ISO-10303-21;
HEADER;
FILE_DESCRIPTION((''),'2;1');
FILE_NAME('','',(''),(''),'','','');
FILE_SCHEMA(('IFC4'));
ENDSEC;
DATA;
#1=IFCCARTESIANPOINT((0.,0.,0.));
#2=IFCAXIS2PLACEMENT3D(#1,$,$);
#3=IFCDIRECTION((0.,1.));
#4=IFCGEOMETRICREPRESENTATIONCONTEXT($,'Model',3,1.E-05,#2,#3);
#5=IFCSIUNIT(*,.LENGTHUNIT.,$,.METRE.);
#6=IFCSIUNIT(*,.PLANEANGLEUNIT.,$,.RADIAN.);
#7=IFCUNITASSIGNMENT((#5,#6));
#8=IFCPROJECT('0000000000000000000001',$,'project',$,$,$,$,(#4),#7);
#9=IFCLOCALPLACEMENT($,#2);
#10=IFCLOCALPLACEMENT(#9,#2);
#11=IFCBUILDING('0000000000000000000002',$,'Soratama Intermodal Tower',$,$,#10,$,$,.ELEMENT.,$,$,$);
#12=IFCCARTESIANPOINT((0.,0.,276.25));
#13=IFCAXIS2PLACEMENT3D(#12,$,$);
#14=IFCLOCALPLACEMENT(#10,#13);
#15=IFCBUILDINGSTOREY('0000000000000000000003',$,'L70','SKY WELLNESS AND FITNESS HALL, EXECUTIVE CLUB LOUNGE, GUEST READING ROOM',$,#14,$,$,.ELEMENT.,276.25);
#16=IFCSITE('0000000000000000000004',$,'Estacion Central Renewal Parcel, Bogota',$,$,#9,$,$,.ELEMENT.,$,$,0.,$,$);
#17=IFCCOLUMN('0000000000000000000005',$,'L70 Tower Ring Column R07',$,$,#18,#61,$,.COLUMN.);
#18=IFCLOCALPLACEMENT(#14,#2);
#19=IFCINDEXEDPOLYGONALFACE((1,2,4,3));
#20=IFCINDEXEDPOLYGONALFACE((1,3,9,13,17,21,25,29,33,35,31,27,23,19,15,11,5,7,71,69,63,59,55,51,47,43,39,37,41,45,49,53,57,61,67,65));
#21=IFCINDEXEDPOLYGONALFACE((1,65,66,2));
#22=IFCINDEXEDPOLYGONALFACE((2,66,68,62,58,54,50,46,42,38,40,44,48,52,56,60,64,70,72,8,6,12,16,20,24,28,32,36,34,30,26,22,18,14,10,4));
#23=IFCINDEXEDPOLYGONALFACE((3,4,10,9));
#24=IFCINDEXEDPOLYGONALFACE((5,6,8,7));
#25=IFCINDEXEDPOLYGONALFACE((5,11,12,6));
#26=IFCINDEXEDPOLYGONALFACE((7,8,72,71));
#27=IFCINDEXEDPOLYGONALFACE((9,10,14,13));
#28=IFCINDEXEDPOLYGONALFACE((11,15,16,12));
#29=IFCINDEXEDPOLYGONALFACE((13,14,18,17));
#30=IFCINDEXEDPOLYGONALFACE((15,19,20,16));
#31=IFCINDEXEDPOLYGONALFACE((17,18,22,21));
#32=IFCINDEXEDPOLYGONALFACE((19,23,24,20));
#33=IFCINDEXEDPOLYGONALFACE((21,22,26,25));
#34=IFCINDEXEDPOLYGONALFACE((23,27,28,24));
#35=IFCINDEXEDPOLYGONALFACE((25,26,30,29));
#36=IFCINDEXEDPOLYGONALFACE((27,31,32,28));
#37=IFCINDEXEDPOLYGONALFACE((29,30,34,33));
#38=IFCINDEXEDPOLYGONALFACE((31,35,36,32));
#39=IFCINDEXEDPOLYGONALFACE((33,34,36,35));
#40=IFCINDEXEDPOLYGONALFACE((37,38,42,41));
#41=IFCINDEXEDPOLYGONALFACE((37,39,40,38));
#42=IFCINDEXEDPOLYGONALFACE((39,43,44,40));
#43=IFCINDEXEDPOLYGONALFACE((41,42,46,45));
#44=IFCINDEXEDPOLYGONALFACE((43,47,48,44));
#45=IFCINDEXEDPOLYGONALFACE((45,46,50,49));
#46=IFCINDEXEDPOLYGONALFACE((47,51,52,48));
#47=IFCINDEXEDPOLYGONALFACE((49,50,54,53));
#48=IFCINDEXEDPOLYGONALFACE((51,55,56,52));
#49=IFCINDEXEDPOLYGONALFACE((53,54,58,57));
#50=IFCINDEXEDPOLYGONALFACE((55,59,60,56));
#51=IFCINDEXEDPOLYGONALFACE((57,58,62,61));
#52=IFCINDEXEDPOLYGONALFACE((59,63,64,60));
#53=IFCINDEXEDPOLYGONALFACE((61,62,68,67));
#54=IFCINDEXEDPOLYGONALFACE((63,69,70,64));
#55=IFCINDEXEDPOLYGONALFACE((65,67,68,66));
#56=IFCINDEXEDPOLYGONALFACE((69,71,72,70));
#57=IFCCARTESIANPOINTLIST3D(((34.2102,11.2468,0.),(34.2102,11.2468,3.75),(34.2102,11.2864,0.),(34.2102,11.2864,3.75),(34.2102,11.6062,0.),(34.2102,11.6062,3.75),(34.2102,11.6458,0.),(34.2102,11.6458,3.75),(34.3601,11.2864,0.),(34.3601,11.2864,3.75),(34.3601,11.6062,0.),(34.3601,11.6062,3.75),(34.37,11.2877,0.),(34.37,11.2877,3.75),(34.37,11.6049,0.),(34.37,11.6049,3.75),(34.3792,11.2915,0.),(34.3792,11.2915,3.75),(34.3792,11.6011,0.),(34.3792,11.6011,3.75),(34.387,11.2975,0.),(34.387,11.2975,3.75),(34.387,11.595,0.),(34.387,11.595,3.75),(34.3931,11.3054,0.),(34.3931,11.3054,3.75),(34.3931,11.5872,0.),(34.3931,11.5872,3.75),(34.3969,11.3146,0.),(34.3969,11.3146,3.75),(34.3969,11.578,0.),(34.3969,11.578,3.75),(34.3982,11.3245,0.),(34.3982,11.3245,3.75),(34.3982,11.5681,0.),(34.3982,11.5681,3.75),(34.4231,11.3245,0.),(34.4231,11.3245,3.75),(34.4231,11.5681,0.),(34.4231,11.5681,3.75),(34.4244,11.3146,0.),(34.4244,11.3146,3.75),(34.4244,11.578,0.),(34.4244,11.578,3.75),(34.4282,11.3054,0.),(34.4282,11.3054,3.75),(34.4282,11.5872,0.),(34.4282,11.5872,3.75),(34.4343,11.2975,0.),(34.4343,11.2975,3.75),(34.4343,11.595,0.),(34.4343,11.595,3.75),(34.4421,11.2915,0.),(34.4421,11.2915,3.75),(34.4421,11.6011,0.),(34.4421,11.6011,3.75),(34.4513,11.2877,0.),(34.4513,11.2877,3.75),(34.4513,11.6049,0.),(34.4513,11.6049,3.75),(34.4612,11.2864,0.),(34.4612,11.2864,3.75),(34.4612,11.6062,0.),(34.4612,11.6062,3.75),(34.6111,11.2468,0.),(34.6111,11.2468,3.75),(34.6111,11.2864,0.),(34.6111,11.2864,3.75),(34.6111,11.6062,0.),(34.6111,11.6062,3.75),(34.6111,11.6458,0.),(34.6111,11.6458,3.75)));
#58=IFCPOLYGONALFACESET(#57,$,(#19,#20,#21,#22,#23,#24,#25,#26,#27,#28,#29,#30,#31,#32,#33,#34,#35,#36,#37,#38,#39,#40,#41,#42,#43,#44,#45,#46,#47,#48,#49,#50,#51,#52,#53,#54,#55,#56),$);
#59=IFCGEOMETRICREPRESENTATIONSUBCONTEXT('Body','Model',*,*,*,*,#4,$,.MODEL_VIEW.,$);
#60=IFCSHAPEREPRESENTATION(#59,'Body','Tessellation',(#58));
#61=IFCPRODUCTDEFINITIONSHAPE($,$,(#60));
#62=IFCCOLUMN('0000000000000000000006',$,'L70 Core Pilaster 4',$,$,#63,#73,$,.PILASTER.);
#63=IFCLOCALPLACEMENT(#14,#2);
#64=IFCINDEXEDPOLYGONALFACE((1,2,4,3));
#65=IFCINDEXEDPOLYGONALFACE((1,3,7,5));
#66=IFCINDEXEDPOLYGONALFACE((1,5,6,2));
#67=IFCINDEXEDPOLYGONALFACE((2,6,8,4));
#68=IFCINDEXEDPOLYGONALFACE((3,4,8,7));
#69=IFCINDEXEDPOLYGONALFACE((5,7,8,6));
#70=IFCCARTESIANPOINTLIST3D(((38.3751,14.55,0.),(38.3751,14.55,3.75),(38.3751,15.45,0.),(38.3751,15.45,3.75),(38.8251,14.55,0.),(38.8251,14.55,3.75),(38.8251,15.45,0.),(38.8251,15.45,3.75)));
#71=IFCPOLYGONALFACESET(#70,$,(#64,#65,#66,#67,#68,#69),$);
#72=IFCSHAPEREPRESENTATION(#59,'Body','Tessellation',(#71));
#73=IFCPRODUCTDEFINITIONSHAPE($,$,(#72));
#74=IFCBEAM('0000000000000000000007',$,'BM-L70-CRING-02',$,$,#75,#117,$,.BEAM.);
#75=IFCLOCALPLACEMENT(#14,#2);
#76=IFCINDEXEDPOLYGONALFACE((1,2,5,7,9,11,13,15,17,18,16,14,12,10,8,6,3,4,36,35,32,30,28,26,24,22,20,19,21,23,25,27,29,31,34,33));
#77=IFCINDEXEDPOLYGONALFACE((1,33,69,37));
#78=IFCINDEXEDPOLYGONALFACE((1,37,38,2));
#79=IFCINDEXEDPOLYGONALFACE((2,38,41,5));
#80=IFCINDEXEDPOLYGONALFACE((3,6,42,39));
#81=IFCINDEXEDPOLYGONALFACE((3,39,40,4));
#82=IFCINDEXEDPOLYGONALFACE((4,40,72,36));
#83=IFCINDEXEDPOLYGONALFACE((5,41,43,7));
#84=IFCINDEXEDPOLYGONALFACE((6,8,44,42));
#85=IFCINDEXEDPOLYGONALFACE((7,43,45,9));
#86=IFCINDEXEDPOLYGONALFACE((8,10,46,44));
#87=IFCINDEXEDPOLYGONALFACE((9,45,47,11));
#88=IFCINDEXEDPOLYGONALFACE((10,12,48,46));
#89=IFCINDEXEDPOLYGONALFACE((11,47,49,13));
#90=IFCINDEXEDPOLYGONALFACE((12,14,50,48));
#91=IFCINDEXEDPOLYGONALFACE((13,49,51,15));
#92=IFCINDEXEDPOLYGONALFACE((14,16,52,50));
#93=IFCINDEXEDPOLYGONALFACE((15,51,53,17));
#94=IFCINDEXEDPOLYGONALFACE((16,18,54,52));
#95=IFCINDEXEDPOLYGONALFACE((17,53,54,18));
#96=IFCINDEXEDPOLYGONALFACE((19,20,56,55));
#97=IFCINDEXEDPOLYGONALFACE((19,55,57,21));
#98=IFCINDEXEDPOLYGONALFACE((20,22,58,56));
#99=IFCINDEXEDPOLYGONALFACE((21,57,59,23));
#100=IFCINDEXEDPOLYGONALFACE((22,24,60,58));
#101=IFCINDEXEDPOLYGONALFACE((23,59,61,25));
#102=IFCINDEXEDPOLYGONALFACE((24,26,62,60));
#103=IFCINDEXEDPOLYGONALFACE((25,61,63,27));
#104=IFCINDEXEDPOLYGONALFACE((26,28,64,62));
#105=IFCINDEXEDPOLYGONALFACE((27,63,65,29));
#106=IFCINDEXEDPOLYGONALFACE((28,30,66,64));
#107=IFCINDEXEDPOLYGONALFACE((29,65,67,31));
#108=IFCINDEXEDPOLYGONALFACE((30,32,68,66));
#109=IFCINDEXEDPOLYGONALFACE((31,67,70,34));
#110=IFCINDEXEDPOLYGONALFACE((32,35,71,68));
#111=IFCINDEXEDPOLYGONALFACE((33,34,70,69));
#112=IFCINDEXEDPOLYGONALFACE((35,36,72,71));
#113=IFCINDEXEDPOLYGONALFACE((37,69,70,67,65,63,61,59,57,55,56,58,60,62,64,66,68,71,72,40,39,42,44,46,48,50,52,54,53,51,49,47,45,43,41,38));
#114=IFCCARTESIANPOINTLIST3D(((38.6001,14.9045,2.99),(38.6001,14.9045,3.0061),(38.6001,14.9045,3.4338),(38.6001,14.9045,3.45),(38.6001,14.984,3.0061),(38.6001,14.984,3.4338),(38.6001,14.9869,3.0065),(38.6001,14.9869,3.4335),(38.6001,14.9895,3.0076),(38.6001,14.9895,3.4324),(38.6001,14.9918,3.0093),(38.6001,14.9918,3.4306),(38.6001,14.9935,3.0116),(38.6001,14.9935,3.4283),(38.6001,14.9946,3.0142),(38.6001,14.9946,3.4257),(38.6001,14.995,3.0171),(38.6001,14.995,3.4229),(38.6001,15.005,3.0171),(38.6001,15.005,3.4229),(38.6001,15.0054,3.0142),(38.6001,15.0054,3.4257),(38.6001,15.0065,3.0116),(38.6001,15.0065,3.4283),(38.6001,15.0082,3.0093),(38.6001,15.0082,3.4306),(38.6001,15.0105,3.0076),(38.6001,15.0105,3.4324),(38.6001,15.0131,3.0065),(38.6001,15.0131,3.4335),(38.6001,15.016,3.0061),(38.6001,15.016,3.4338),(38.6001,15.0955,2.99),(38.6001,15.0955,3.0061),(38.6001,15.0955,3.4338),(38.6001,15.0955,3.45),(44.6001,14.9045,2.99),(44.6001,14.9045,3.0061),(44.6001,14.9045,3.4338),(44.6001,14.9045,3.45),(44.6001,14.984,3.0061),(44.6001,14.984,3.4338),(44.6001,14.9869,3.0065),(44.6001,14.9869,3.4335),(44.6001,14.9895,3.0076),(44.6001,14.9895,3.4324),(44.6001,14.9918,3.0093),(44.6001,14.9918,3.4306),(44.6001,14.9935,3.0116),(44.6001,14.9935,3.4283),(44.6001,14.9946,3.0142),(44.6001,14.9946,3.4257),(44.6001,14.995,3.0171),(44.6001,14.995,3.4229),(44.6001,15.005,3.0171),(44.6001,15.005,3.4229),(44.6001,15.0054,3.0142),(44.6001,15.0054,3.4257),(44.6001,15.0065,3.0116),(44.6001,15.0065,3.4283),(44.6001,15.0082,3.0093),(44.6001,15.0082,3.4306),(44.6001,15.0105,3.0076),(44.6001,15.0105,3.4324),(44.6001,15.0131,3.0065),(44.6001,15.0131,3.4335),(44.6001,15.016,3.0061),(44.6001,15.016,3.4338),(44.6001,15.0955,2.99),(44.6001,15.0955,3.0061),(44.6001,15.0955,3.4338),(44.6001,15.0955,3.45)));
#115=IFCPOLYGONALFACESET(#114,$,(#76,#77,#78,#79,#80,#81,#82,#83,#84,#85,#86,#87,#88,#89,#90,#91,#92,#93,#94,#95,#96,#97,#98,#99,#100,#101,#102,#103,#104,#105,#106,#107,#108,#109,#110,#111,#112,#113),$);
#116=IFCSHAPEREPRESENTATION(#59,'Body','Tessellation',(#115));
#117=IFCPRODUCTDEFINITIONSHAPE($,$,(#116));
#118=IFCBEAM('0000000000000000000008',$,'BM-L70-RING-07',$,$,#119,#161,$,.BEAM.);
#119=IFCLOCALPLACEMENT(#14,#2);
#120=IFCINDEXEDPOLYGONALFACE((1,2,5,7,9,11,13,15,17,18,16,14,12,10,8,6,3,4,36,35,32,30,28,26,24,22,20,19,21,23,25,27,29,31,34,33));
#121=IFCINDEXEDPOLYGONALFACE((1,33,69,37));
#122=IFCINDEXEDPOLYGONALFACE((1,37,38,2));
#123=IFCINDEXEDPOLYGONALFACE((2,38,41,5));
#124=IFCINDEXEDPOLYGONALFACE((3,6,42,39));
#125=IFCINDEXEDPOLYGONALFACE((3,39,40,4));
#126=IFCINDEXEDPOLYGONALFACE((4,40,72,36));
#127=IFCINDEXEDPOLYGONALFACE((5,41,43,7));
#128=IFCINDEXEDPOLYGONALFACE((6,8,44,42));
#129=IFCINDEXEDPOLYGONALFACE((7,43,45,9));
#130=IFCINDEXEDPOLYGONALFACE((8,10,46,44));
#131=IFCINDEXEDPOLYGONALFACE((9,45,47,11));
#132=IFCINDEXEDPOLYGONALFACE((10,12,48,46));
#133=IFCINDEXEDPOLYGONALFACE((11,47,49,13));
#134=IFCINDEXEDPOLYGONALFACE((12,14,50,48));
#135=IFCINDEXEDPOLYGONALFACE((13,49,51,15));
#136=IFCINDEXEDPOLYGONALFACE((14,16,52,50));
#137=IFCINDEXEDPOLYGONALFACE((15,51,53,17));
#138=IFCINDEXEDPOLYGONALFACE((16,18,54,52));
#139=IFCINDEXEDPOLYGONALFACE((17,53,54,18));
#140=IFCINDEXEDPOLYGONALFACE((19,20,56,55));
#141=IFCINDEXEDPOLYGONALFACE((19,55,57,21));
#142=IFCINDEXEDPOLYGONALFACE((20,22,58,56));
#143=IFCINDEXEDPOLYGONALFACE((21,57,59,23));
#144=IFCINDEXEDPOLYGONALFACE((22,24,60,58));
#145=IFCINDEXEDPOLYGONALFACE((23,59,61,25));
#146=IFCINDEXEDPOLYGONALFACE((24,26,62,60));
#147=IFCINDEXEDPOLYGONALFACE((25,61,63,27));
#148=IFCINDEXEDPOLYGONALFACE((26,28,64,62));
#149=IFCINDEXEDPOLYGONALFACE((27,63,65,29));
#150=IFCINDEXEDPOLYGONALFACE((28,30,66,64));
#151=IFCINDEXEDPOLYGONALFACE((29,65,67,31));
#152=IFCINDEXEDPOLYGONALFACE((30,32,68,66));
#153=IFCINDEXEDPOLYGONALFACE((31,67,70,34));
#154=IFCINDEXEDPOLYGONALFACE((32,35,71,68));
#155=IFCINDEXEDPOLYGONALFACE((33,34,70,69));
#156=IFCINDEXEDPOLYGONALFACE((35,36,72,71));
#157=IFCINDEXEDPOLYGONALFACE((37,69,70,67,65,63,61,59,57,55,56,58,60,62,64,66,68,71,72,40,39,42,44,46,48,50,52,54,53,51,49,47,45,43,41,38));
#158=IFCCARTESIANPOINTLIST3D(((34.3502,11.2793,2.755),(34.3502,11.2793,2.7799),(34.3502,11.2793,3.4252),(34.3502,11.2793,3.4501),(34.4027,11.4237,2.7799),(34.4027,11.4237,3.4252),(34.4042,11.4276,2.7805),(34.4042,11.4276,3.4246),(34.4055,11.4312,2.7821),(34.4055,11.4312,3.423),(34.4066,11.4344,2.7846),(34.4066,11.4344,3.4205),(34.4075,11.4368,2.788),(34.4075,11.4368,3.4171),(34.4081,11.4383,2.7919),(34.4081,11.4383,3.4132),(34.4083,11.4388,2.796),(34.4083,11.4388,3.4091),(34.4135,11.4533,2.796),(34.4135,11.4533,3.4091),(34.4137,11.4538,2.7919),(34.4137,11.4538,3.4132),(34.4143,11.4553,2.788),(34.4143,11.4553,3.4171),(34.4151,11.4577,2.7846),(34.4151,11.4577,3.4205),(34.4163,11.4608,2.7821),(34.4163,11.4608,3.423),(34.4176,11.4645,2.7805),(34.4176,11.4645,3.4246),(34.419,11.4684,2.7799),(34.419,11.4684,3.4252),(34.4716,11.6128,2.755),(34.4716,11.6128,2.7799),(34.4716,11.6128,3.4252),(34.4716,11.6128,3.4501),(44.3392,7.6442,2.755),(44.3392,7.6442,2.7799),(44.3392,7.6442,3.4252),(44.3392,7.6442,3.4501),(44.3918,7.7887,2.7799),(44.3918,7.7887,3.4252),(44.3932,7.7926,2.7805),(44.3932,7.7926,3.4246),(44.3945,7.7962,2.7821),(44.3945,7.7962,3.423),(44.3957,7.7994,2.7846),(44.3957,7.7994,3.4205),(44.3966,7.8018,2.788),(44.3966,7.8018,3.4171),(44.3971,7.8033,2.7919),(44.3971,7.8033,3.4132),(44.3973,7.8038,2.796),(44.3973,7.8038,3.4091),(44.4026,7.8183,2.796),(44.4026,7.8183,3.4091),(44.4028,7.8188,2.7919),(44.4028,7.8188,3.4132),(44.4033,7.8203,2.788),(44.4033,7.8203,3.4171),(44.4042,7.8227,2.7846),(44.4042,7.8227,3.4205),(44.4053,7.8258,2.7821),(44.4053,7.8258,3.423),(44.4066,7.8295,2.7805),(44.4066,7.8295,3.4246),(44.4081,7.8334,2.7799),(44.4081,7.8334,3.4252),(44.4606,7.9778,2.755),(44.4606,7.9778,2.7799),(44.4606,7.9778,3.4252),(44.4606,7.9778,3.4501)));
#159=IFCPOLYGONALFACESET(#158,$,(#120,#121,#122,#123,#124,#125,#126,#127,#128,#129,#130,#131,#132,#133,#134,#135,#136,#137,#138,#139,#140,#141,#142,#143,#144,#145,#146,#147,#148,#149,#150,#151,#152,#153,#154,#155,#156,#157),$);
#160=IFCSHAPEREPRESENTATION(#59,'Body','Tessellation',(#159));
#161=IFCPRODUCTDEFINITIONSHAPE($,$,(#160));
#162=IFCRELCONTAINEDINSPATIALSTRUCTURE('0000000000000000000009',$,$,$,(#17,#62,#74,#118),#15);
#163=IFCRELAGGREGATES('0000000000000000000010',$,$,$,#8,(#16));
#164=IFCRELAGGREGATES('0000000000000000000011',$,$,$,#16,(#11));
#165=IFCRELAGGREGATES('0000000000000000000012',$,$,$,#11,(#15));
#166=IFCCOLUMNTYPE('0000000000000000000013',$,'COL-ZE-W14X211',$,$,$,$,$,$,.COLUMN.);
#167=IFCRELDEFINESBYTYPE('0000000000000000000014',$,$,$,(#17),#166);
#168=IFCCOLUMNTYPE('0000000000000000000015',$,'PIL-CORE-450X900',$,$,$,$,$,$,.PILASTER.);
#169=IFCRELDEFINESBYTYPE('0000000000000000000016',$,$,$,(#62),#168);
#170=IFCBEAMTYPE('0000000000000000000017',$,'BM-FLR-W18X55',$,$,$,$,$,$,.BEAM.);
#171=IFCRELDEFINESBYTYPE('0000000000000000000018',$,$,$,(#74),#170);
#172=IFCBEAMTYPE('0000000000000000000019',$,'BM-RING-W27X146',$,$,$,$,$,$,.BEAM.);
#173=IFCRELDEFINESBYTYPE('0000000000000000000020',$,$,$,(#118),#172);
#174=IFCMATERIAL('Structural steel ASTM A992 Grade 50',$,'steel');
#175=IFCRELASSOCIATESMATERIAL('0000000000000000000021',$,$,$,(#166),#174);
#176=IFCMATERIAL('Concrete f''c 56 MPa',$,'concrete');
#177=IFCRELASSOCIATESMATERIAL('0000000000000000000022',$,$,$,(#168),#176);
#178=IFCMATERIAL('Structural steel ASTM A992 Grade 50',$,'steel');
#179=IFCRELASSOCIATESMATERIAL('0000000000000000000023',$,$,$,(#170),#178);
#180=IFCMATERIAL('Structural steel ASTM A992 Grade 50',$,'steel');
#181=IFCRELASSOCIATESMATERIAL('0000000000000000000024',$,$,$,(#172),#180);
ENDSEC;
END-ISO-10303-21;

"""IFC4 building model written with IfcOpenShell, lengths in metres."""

from ifc_helpers import new_model, si_unit, direction, frame, origin, origin_2d, place, context, subcontext, project, spatial, rectangle, i_section, extrude, material, material_profile, profile_set, type_object, element, save


model = new_model("IFC4")

# Units and contexts
model_context = context("Model", 3, precision=1e-05, world=origin(), true_north=direction((0.0, 1.0)))
body_context = subcontext(model_context, "Body", "Model", "MODEL_VIEW")
ifc_project = project(units=[si_unit("LENGTHUNIT", "METRE"), si_unit("PLANEANGLEUNIT", "RADIAN")], contexts=[model_context])

# Site, building, storey
site_placement = place(None, origin())
site = spatial("IfcSite", under=ifc_project, at=site_placement, Name="Estacion Central Renewal Parcel, Bogota", CompositionType="ELEMENT", RefElevation=0.0)
building_placement = place(site_placement, origin())
building = spatial("IfcBuilding", under=site, at=building_placement, Name="Soratama Intermodal Tower", CompositionType="ELEMENT")
storey_placement = place(building_placement, frame((0.0, 0.0, 276.25)))
storey = spatial("IfcBuildingStorey", under=building, at=storey_placement, Name="L70", Description="SKY WELLNESS AND FITNESS HALL, EXECUTIVE CLUB LOUNGE, GUEST READING ROOM", CompositionType="ELEMENT", Elevation=276.25)

# Columns
ifc_material_1 = material(Name="Structural steel ASTM A992 Grade 50", Category="steel")
ifc_material_profile_1 = material_profile(ifc_material_1, i_section(OverallWidth=0.4009, OverallDepth=0.3989, WebThickness=0.0249, FlangeThickness=0.0396, FilletRadius=0.0381, at=origin_2d()), Name="W14X211")
ifc_profile_set_1 = profile_set([ifc_material_profile_1], Name="Structural steel ASTM A992 Grade 50")
column_type_1 = type_object("IfcColumnType", Name="COL-ZE-W14X211", PredefinedType="COLUMN", material=ifc_profile_set_1)
column_1_placement = place(storey_placement, frame((34.4106, 11.4463, 0.0), z_axis=(0.0, 0.0, 1.0), x_axis=(1.0, 0.0, 0.0)))
element("IfcColumn", 1, at=column_1_placement, inside=storey, type_object=column_type_1, Name="L70 Tower Ring Column R07", PredefinedType="COLUMN", context=body_context, shape_type="SweptSolid", body=[
    extrude(i_section(OverallWidth=0.4009, OverallDepth=0.3989, WebThickness=0.0249, FlangeThickness=0.0396, FilletRadius=0.0381, at=origin_2d()), origin(), (0.0, 0.0, 1.0), 3.75),
])
ifc_material_2 = material(Name="Concrete f'c 56 MPa", Category="concrete")
ifc_material_profile_2 = material_profile(ifc_material_2, rectangle(XDim=0.45, YDim=0.8999, at=origin_2d()), Name="RC450X900")
ifc_profile_set_2 = profile_set([ifc_material_profile_2], Name="Concrete f'c 56 MPa")
column_type_2 = type_object("IfcColumnType", Name="PIL-CORE-450X900", PredefinedType="PILASTER", material=ifc_profile_set_2)
column_2_placement = place(storey_placement, frame((38.6001, 15.0, 0.0), z_axis=(0.0, 0.0, 1.0), x_axis=(1.0, 0.0, 0.0)))
element("IfcColumn", 2, at=column_2_placement, inside=storey, type_object=column_type_2, Name="L70 Core Pilaster 4", PredefinedType="PILASTER", context=body_context, shape_type="SweptSolid", body=[
    extrude(rectangle(XDim=0.45, YDim=0.8999, at=origin_2d()), origin(), (0.0, 0.0, 1.0), 3.75),
])

# Beams
ifc_material_3 = material(Name="Structural steel ASTM A992 Grade 50", Category="steel")
ifc_material_profile_3 = material_profile(ifc_material_3, i_section(OverallWidth=0.1909, OverallDepth=0.46, WebThickness=0.01, FlangeThickness=0.0161, FilletRadius=0.011, at=origin_2d()), Name="W18X55")
ifc_profile_set_3 = profile_set([ifc_material_profile_3], Name="Structural steel ASTM A992 Grade 50")
beam_type_1 = type_object("IfcBeamType", Name="BM-FLR-W18X55", PredefinedType="BEAM", material=ifc_profile_set_3)
beam_1_placement = place(storey_placement, frame((38.6001, 15.0, 3.22), z_axis=(1.0, 0.0, 0.0), x_axis=(0.0, 1.0, 0.0)))
element("IfcBeam", 3, at=beam_1_placement, inside=storey, type_object=beam_type_1, Name="BM-L70-CRING-02", PredefinedType="BEAM", context=body_context, shape_type="SweptSolid", body=[
    extrude(i_section(OverallWidth=0.1909, OverallDepth=0.46, WebThickness=0.01, FlangeThickness=0.0161, FilletRadius=0.011, at=origin_2d()), origin(), (0.0, 0.0, 1.0), 6.0),
])
ifc_material_4 = material(Name="Structural steel ASTM A992 Grade 50", Category="steel")
ifc_material_profile_4 = material_profile(ifc_material_4, i_section(OverallWidth=0.355, OverallDepth=0.6951, WebThickness=0.0154, FlangeThickness=0.0249, FilletRadius=0.0161, at=origin_2d()), Name="W27X146")
ifc_profile_set_4 = profile_set([ifc_material_profile_4], Name="Structural steel ASTM A992 Grade 50")
beam_type_2 = type_object("IfcBeamType", Name="BM-RING-W27X146", PredefinedType="BEAM", material=ifc_profile_set_4)
beam_2_placement = place(storey_placement, frame((34.4109, 11.446, 3.1025), z_axis=(0.939714, -0.341963, 0.0), x_axis=(0.341963, 0.939714, 0.0)))
element("IfcBeam", 4, at=beam_2_placement, inside=storey, type_object=beam_type_2, Name="BM-L70-RING-07", PredefinedType="BEAM", context=body_context, shape_type="SweptSolid", body=[
    extrude(i_section(OverallWidth=0.355, OverallDepth=0.6951, WebThickness=0.0154, FlangeThickness=0.0249, FilletRadius=0.0161, at=origin_2d()), origin(), (0.0, 0.0, 1.0), 10.6299),
])

save(model, "model.ifc")
